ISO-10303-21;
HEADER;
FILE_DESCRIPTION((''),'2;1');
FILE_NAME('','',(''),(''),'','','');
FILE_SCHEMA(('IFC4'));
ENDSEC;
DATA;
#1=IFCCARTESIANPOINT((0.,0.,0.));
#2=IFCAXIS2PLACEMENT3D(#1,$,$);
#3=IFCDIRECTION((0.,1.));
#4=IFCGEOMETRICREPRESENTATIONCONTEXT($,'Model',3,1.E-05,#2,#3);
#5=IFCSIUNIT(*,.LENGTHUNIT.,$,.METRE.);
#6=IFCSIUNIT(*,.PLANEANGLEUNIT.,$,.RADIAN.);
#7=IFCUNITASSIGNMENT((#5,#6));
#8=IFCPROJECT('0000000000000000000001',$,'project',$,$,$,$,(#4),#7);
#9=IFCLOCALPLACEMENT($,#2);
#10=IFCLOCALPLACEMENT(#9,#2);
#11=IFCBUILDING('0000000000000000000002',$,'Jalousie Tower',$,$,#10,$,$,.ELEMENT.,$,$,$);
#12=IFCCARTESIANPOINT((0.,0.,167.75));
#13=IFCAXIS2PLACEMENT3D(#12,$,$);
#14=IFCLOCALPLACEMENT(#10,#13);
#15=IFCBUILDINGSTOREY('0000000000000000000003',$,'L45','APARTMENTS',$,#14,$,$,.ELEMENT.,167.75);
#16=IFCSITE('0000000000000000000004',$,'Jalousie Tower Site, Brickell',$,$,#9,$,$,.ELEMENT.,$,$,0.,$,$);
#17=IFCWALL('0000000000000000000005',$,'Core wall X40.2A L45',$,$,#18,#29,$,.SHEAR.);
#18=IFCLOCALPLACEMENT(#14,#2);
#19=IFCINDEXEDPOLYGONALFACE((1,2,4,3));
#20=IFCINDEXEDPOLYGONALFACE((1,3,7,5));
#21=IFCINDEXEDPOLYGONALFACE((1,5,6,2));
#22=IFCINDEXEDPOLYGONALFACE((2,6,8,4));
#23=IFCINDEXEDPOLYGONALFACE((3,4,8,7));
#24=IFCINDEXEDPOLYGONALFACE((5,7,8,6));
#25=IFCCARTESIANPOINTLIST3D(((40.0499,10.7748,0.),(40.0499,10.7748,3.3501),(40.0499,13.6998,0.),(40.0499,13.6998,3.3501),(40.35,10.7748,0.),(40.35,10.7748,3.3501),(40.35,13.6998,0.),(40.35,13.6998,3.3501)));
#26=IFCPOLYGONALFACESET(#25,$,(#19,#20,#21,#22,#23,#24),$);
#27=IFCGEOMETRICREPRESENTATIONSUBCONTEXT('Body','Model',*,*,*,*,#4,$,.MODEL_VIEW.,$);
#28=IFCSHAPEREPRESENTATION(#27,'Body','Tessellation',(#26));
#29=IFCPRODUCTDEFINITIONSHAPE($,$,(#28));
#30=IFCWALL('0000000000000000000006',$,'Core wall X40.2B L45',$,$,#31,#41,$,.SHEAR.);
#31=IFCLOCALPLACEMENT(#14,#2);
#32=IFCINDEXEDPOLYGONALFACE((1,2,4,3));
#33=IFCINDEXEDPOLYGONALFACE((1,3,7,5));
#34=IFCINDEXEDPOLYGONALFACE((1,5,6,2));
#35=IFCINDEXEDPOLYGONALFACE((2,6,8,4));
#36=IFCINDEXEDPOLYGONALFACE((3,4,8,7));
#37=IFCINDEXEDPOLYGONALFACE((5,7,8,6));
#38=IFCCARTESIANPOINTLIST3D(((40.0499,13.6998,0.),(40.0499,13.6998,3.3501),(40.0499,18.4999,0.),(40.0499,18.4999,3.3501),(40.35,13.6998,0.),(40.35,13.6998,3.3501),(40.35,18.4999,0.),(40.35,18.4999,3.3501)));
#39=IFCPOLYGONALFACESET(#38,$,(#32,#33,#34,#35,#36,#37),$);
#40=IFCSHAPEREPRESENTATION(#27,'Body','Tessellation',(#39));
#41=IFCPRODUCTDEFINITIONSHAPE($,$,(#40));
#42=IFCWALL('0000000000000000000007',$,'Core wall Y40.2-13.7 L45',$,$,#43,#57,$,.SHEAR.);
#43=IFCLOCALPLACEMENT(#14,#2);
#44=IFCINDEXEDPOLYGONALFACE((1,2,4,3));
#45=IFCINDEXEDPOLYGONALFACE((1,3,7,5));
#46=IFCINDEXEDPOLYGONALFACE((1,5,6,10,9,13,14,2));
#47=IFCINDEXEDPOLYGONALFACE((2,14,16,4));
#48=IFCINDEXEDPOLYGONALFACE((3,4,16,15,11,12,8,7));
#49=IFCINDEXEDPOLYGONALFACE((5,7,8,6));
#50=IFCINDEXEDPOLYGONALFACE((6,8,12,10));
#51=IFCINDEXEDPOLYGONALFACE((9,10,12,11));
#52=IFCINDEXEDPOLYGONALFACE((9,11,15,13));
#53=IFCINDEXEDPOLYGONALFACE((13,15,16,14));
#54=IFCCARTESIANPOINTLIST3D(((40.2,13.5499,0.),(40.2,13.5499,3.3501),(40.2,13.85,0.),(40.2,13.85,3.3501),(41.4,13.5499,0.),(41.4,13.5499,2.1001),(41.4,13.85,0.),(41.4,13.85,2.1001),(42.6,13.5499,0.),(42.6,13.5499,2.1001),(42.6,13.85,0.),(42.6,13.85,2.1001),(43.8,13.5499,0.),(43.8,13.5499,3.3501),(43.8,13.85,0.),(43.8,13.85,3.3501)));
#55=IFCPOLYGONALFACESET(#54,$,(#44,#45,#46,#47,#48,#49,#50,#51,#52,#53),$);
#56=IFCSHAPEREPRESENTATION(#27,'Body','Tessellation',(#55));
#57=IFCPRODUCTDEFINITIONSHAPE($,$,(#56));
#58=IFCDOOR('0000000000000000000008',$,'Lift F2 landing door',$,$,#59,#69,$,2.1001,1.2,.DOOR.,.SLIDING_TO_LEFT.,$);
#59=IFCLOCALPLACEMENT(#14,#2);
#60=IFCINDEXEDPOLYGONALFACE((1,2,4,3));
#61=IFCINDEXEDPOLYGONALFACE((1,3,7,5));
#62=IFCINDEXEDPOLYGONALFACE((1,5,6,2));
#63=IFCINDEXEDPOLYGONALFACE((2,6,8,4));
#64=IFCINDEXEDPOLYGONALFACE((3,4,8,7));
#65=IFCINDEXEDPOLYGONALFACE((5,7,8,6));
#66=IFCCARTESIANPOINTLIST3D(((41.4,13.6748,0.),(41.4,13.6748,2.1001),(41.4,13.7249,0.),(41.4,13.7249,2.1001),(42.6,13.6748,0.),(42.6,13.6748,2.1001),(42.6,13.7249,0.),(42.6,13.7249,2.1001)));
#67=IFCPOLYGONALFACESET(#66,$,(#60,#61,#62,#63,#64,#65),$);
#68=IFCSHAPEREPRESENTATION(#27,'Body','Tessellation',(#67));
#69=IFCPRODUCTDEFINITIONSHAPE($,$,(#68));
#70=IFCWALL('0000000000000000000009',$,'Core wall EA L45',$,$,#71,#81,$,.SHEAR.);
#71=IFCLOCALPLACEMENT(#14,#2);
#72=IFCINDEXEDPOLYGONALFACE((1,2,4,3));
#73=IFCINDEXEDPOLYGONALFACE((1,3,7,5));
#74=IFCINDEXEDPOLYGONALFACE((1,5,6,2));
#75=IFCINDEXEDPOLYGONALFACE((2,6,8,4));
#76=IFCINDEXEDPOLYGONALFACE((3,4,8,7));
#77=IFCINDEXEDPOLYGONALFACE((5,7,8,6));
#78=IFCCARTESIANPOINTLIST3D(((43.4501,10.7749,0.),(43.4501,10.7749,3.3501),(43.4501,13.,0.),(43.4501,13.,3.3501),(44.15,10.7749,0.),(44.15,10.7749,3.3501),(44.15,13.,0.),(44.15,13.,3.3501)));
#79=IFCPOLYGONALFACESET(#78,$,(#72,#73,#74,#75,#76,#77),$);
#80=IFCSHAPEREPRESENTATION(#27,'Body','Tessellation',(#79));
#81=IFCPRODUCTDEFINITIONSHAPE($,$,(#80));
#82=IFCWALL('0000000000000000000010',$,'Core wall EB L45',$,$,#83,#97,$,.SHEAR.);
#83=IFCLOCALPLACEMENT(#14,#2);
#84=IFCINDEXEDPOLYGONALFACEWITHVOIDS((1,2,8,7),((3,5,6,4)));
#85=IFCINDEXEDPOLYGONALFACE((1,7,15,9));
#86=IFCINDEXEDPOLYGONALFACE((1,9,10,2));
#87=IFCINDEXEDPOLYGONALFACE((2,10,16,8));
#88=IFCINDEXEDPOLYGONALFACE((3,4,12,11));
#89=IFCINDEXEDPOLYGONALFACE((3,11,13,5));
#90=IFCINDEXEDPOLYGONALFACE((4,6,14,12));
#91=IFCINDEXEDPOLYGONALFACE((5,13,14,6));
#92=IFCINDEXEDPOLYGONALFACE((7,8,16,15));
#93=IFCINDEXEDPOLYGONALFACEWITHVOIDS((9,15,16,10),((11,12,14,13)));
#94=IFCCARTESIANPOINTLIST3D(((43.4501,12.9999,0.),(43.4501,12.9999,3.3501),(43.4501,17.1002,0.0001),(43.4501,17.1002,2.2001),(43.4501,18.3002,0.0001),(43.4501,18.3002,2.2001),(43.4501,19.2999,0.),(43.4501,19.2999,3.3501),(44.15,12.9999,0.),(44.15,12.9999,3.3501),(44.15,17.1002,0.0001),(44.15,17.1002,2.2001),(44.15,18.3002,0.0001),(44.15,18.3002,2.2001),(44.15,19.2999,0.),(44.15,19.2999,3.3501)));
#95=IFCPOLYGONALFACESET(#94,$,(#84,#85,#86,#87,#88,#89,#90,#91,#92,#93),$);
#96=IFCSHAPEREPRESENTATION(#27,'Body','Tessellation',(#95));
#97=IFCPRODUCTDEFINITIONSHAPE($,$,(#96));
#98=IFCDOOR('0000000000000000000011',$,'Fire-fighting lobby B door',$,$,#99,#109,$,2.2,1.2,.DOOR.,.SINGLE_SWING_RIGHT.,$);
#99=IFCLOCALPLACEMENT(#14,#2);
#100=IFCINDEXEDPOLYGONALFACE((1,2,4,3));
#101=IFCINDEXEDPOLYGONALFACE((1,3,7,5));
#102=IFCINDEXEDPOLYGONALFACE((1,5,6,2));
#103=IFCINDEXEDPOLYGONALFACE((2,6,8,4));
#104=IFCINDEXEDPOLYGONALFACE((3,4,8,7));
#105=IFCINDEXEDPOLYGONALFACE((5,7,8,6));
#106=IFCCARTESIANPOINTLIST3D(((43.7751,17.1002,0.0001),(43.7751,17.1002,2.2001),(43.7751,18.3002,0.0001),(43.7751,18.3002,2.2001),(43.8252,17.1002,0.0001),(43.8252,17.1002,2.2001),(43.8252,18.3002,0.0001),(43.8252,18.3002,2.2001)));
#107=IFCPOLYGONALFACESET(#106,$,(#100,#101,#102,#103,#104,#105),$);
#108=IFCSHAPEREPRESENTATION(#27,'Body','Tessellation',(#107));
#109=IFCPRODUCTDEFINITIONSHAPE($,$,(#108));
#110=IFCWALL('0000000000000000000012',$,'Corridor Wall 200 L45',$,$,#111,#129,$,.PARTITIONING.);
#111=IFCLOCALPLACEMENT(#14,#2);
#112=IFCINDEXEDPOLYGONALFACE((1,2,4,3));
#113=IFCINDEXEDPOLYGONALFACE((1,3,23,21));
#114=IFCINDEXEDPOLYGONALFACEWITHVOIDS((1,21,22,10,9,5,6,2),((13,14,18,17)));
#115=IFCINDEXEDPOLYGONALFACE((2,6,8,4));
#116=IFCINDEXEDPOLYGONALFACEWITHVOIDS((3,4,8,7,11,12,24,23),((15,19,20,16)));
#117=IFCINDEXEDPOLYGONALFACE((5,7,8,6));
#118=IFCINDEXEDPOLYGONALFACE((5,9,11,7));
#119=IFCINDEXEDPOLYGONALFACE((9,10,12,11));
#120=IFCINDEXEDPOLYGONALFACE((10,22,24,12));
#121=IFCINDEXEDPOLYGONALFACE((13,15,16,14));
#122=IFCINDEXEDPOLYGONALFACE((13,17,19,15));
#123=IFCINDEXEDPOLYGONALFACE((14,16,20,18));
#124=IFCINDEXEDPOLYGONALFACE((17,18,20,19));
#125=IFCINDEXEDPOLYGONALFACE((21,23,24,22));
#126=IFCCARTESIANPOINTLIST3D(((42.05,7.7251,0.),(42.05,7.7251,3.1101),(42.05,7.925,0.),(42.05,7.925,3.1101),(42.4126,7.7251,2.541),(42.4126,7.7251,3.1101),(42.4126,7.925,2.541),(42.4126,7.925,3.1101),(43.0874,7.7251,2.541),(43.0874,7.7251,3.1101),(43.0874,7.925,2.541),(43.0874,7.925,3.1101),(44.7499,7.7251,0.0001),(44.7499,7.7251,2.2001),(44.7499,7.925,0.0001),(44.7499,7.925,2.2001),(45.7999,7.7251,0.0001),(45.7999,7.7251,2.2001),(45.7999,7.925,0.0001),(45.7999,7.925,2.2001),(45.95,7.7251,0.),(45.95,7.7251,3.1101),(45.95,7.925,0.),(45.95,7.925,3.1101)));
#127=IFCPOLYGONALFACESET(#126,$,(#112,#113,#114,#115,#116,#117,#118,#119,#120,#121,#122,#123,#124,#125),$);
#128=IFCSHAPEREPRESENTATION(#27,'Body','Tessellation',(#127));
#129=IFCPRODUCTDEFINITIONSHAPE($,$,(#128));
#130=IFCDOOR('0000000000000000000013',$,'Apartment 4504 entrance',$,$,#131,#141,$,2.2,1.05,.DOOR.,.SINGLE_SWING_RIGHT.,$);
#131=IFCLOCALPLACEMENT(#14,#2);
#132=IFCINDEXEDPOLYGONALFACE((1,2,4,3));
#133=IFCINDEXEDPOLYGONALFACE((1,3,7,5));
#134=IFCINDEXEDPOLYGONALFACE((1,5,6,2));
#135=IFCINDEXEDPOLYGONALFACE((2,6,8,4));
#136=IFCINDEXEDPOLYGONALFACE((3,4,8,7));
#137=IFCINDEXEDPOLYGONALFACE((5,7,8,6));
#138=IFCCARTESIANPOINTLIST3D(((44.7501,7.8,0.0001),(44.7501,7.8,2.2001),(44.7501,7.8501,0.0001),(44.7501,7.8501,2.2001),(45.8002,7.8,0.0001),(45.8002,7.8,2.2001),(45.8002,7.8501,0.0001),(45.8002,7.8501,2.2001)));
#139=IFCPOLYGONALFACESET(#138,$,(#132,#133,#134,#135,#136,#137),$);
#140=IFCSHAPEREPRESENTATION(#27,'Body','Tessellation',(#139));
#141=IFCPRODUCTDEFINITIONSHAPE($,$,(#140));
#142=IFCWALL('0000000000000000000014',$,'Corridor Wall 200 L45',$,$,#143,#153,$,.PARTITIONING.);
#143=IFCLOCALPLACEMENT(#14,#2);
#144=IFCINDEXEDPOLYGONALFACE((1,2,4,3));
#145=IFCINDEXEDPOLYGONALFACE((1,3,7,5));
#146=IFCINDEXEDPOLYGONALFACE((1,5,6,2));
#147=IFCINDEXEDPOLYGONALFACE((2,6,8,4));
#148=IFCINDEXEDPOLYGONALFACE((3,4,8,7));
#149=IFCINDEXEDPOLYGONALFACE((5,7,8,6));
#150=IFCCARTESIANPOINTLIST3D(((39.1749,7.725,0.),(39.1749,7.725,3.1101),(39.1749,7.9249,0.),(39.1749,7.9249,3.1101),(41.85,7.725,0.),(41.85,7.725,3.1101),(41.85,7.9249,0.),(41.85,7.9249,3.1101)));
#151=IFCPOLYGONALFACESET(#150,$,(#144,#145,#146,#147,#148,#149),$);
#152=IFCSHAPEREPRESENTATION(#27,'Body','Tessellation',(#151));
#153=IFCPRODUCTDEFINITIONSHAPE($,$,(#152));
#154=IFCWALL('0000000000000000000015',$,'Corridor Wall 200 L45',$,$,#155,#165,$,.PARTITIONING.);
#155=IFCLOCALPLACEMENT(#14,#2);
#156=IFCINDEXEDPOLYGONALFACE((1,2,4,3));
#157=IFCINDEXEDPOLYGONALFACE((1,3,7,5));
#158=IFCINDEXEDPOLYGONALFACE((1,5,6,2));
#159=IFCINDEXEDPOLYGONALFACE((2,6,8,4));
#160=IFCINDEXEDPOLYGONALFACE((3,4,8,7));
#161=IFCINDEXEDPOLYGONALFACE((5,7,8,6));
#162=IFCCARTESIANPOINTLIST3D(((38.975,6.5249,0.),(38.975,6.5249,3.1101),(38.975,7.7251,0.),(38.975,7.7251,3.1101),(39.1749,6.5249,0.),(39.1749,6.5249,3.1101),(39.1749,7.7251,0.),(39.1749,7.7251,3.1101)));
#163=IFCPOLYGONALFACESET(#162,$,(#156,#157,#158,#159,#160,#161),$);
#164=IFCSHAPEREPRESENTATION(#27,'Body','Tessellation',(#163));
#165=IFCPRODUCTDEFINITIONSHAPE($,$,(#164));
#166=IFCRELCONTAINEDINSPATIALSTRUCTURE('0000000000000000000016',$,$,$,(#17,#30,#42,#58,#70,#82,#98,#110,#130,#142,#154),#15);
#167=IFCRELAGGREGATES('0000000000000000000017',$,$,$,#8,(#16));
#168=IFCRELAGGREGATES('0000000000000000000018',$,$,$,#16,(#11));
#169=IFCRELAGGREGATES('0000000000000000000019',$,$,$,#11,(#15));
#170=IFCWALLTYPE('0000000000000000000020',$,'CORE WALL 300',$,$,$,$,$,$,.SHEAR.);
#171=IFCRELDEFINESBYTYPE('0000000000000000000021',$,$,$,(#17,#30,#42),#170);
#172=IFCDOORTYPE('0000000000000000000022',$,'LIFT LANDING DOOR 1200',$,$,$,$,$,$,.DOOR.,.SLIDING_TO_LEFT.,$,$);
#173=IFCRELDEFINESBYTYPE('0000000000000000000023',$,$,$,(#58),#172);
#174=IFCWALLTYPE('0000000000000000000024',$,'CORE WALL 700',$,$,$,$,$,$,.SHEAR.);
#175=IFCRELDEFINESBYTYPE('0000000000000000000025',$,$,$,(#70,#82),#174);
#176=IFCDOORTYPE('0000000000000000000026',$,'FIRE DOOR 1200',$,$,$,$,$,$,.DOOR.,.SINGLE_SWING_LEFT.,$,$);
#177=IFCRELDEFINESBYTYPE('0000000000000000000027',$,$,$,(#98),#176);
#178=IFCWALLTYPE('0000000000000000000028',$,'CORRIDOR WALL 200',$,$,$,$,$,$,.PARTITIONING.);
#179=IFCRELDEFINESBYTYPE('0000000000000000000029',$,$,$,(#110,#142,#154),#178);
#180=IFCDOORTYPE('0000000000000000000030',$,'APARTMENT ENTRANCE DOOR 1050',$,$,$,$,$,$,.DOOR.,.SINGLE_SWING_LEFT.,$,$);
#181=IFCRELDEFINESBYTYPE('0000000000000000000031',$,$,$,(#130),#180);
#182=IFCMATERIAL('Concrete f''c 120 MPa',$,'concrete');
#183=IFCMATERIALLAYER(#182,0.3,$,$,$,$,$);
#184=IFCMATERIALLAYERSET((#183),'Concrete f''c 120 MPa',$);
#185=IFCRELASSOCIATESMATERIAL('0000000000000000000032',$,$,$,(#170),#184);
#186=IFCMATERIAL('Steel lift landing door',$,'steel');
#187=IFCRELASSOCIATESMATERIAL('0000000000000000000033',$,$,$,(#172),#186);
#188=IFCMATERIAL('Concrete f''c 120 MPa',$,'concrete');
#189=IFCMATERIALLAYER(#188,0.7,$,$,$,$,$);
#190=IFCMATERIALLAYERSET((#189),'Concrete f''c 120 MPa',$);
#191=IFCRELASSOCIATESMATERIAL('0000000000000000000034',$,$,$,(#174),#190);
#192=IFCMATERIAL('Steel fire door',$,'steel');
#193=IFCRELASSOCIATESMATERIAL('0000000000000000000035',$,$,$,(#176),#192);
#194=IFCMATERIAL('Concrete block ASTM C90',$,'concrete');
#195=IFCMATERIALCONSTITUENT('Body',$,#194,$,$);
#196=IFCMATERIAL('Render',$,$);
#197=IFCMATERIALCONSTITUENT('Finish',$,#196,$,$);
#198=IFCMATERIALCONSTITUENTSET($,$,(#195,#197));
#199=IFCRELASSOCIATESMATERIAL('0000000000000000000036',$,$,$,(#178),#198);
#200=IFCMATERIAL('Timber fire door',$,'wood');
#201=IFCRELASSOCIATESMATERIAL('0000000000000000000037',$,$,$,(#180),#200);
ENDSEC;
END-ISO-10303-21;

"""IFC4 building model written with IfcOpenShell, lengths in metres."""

from ifc_helpers import new_model, si_unit, direction, frame, frame_2d, origin, place, context, subcontext, project, spatial, polyline, rectangle, outline, extrude, material, layer, layer_set, constituent, constituent_set, type_object, element, fill, save


model = new_model("IFC4")

# Units and contexts
model_context = context("Model", 3, precision=1e-05, world=origin(), true_north=direction((0.0, 1.0)))
body_context = subcontext(model_context, "Body", "Model", "MODEL_VIEW")
ifc_project = project(units=[si_unit("LENGTHUNIT", "METRE"), si_unit("PLANEANGLEUNIT", "RADIAN")], contexts=[model_context])

# Site, building, storey
site_placement = place(None, origin())
site = spatial("IfcSite", under=ifc_project, at=site_placement, Name="Jalousie Tower Site, Brickell", CompositionType="ELEMENT", RefElevation=0.0)
building_placement = place(site_placement, origin())
building = spatial("IfcBuilding", under=site, at=building_placement, Name="Jalousie Tower", CompositionType="ELEMENT")
storey_placement = place(building_placement, frame((0.0, 0.0, 167.75)))
storey = spatial("IfcBuildingStorey", under=building, at=storey_placement, Name="L45", Description="APARTMENTS", CompositionType="ELEMENT", Elevation=167.75)

# Walls
ifc_material_1 = material(Name="Concrete f'c 120 MPa", Category="concrete")
ifc_layer_1 = layer(ifc_material_1, 0.3)
ifc_layer_set_1 = layer_set([ifc_layer_1], Name="Concrete f'c 120 MPa")
wall_type_1 = type_object("IfcWallType", Name="CORE WALL 300", PredefinedType="SHEAR", material=ifc_layer_set_1)
wall_1_placement = place(storey_placement, frame((40.2, 10.7749, 0.0), z_axis=(0.0, 0.0, 1.0), x_axis=(0.0, 1.0, 0.0)))
element("IfcWall", 1, at=wall_1_placement, inside=storey, type_object=wall_type_1, Name="Core wall X40.2A L45", PredefinedType="SHEAR", context=body_context, shape_type="SweptSolid", body=[
    extrude(rectangle(XDim=2.925, YDim=0.3, at=frame_2d((1.4624, 0.0))), origin(), (0.0, 0.0, 1.0), 3.3501),
])
wall_2_placement = place(storey_placement, frame((40.2, 13.7, 0.0), z_axis=(0.0, 0.0, 1.0), x_axis=(0.0, 1.0, 0.0)))
element("IfcWall", 2, at=wall_2_placement, inside=storey, type_object=wall_type_1, Name="Core wall X40.2B L45", PredefinedType="SHEAR", context=body_context, shape_type="SweptSolid", body=[
    extrude(rectangle(XDim=4.8, YDim=0.3, at=frame_2d((2.3999, 0.0))), origin(), (0.0, 0.0, 1.0), 3.3501),
])

# Wall, opening, door
wall_3_placement = place(storey_placement, frame((40.2, 13.7, 0.0), z_axis=(0.0, 0.0, 1.0), x_axis=(1.0, 0.0, 0.0)))
wall_3 = element("IfcWall", 3, at=wall_3_placement, inside=storey, type_object=wall_type_1, Name="Core wall Y40.2-13.7 L45", PredefinedType="SHEAR", context=body_context, shape_type="SweptSolid", body=[
    extrude(rectangle(XDim=3.6001, YDim=0.3, at=frame_2d((1.8, 0.0))), origin(), (0.0, 0.0, 1.0), 3.3501),
])
opening_1_placement = place(wall_3_placement, frame((1.2, 0.0, 0.0)))
opening_1 = element("IfcOpeningElement", 4, at=opening_1_placement, cuts=wall_3, PredefinedType="OPENING", context=body_context, shape_type="SweptSolid", body=[
    extrude(rectangle(XDim=1.2, YDim=2.1001, at=frame_2d((0.6001, 1.05))), frame((0.0, 0.1599, 0.0), z_axis=(0.0, -1.0, 0.0), x_axis=(1.0, 0.0, 0.0)), (0.0, 0.0, 1.0), 0.3201),
])
ifc_material_2 = material(Name="Steel lift landing door", Category="steel")
door_type_1 = type_object("IfcDoorType", Name="LIFT LANDING DOOR 1200", OperationType="SLIDING_TO_LEFT", PredefinedType="DOOR", material=ifc_material_2)
door_1_placement = place(opening_1_placement, origin())
door_1 = element("IfcDoor", 5, at=door_1_placement, inside=storey, type_object=door_type_1, Name="Lift F2 landing door", OperationType="SLIDING_TO_LEFT", OverallHeight=2.1001, OverallWidth=1.2, PredefinedType="DOOR", context=body_context, shape_type="SweptSolid", body=[
    extrude(rectangle(XDim=1.2, YDim=2.1001, at=frame_2d((0.6001, 1.05))), frame((0.0, 0.0249, 0.0), z_axis=(0.0, -1.0, 0.0), x_axis=(1.0, 0.0, 0.0)), (0.0, 0.0, 1.0), 0.05),
])
fill(opening_1, door_1)

# Wall
ifc_material_3 = material(Name="Concrete f'c 120 MPa", Category="concrete")
ifc_layer_2 = layer(ifc_material_3, 0.7)
ifc_layer_set_2 = layer_set([ifc_layer_2], Name="Concrete f'c 120 MPa")
wall_type_2 = type_object("IfcWallType", Name="CORE WALL 700", PredefinedType="SHEAR", material=ifc_layer_set_2)
wall_4_placement = place(storey_placement, frame((43.8, 10.7749, 0.0), z_axis=(0.0, 0.0, 1.0), x_axis=(0.0, 1.0, 0.0)))
element("IfcWall", 6, at=wall_4_placement, inside=storey, type_object=wall_type_2, Name="Core wall EA L45", PredefinedType="SHEAR", context=body_context, shape_type="SweptSolid", body=[
    extrude(rectangle(XDim=2.2251, YDim=0.7, at=frame_2d((1.1125, 0.0))), origin(), (0.0, 0.0, 1.0), 3.3501),
])

# Walls, openings, doors
wall_5_placement = place(storey_placement, frame((43.8, 13.0, 0.0), z_axis=(0.0, 0.0, 1.0), x_axis=(0.0, 1.0, 0.0)))
wall_5 = element("IfcWall", 7, at=wall_5_placement, inside=storey, type_object=wall_type_2, Name="Core wall EB L45", PredefinedType="SHEAR", context=body_context, shape_type="SweptSolid", body=[
    extrude(rectangle(XDim=6.3, YDim=0.7, at=frame_2d((3.1499, 0.0))), origin(), (0.0, 0.0, 1.0), 3.3501),
])
opening_2_placement = place(wall_5_placement, frame((4.1001, 0.0, 0.0)))
opening_2 = element("IfcOpeningElement", 8, at=opening_2_placement, cuts=wall_5, PredefinedType="OPENING", context=body_context, shape_type="SweptSolid", body=[
    extrude(rectangle(XDim=1.2, YDim=2.2, at=frame_2d((0.6001, 1.1001))), frame((0.0, 0.3599, 0.0), z_axis=(0.0, -1.0, 0.0), x_axis=(1.0, 0.0, 0.0)), (0.0, 0.0, 1.0), 0.72),
])
ifc_material_4 = material(Name="Steel fire door", Category="steel")
door_type_2 = type_object("IfcDoorType", Name="FIRE DOOR 1200", OperationType="SINGLE_SWING_LEFT", PredefinedType="DOOR", material=ifc_material_4)
door_2_placement = place(opening_2_placement, origin())
door_2 = element("IfcDoor", 9, at=door_2_placement, inside=storey, type_object=door_type_2, Name="Fire-fighting lobby B door", OperationType="SINGLE_SWING_RIGHT", OverallHeight=2.2, OverallWidth=1.2, PredefinedType="DOOR", context=body_context, shape_type="SweptSolid", body=[
    extrude(rectangle(XDim=1.2, YDim=2.2, at=frame_2d((0.6001, 1.1001))), frame((0.0, 0.0249, 0.0), z_axis=(0.0, -1.0, 0.0), x_axis=(1.0, 0.0, 0.0)), (0.0, 0.0, 1.0), 0.05),
])
fill(opening_2, door_2)
ifc_material_5 = material(Name="Concrete block ASTM C90", Category="concrete")
ifc_constituent_1 = constituent(ifc_material_5, Name="Body")
ifc_material_6 = material(Name="Render")
ifc_constituent_2 = constituent(ifc_material_6, Name="Finish")
ifc_constituent_set_1 = constituent_set(constituents=[ifc_constituent_1, ifc_constituent_2])
wall_type_3 = type_object("IfcWallType", Name="CORRIDOR WALL 200", PredefinedType="PARTITIONING", material=ifc_constituent_set_1)
wall_6_placement = place(storey_placement, frame((42.05, 7.825, 0.0), z_axis=(0.0, 0.0, 1.0), x_axis=(1.0, 0.0, 0.0)))
wall_6 = element("IfcWall", 10, at=wall_6_placement, inside=storey, type_object=wall_type_3, Name="Corridor Wall 200 L45", PredefinedType="PARTITIONING", context=body_context, shape_type="SweptSolid", body=[
    extrude(outline(polyline([(0.0, 0.0), (3.8999, 0.0), (3.8999, 3.1101), (1.0374, 3.1101), (1.0374, 2.541), (0.3625, 2.541), (0.3625, 3.1101), (0.0, 3.1101), (0.0, 0.0)])), frame((0.0, 0.1001, 0.0), z_axis=(0.0, -1.0, 0.0), x_axis=(1.0, 0.0, 0.0)), (0.0, 0.0, 1.0), 0.2),
])
opening_3_placement = place(wall_6_placement, frame((2.7, 0.0, 0.0)))
opening_3 = element("IfcOpeningElement", 11, at=opening_3_placement, cuts=wall_6, PredefinedType="OPENING", context=body_context, shape_type="SweptSolid", body=[
    extrude(rectangle(XDim=1.05, YDim=2.2, at=frame_2d((0.5249, 1.1001))), frame((0.0, 0.1099, 0.0), z_axis=(0.0, -1.0, 0.0), x_axis=(1.0, 0.0, 0.0)), (0.0, 0.0, 1.0), 0.22),
])
ifc_material_7 = material(Name="Timber fire door", Category="wood")
door_type_3 = type_object("IfcDoorType", Name="APARTMENT ENTRANCE DOOR 1050", OperationType="SINGLE_SWING_LEFT", PredefinedType="DOOR", material=ifc_material_7)
door_3_placement = place(opening_3_placement, frame((1.05, 0.0, 0.0), z_axis=(0.0, 0.0, 1.0), x_axis=(-1.0, 0.0, 0.0)))
door_3 = element("IfcDoor", 12, at=door_3_placement, inside=storey, type_object=door_type_3, Name="Apartment 4504 entrance", OperationType="SINGLE_SWING_RIGHT", OverallHeight=2.2, OverallWidth=1.05, PredefinedType="DOOR", context=body_context, shape_type="SweptSolid", body=[
    extrude(rectangle(XDim=1.05, YDim=2.2, at=frame_2d((0.5249, 1.1001))), frame((0.0, 0.0249, 0.0), z_axis=(0.0, -1.0, 0.0), x_axis=(1.0, 0.0, 0.0)), (0.0, 0.0, 1.0), 0.05),
])
fill(opening_3, door_3)

# Walls
wall_7_placement = place(storey_placement, frame((39.175, 7.825, 0.0), z_axis=(0.0, 0.0, 1.0), x_axis=(1.0, 0.0, 0.0)))
element("IfcWall", 13, at=wall_7_placement, inside=storey, type_object=wall_type_3, Name="Corridor Wall 200 L45", PredefinedType="PARTITIONING", context=body_context, shape_type="SweptSolid", body=[
    extrude(rectangle(XDim=2.675, YDim=0.2, at=frame_2d((1.3374, 0.0))), origin(), (0.0, 0.0, 1.0), 3.1101),
])
wall_8_placement = place(storey_placement, frame((39.075, 7.7251, 0.0), z_axis=(0.0, 0.0, 1.0), x_axis=(0.0, -1.0, 0.0)))
element("IfcWall", 14, at=wall_8_placement, inside=storey, type_object=wall_type_3, Name="Corridor Wall 200 L45", PredefinedType="PARTITIONING", context=body_context, shape_type="SweptSolid", body=[
    extrude(rectangle(XDim=1.2002, YDim=0.2, at=frame_2d((0.6001, 0.0))), origin(), (0.0, 0.0, 1.0), 3.1101),
])

save(model, "model.ifc")
